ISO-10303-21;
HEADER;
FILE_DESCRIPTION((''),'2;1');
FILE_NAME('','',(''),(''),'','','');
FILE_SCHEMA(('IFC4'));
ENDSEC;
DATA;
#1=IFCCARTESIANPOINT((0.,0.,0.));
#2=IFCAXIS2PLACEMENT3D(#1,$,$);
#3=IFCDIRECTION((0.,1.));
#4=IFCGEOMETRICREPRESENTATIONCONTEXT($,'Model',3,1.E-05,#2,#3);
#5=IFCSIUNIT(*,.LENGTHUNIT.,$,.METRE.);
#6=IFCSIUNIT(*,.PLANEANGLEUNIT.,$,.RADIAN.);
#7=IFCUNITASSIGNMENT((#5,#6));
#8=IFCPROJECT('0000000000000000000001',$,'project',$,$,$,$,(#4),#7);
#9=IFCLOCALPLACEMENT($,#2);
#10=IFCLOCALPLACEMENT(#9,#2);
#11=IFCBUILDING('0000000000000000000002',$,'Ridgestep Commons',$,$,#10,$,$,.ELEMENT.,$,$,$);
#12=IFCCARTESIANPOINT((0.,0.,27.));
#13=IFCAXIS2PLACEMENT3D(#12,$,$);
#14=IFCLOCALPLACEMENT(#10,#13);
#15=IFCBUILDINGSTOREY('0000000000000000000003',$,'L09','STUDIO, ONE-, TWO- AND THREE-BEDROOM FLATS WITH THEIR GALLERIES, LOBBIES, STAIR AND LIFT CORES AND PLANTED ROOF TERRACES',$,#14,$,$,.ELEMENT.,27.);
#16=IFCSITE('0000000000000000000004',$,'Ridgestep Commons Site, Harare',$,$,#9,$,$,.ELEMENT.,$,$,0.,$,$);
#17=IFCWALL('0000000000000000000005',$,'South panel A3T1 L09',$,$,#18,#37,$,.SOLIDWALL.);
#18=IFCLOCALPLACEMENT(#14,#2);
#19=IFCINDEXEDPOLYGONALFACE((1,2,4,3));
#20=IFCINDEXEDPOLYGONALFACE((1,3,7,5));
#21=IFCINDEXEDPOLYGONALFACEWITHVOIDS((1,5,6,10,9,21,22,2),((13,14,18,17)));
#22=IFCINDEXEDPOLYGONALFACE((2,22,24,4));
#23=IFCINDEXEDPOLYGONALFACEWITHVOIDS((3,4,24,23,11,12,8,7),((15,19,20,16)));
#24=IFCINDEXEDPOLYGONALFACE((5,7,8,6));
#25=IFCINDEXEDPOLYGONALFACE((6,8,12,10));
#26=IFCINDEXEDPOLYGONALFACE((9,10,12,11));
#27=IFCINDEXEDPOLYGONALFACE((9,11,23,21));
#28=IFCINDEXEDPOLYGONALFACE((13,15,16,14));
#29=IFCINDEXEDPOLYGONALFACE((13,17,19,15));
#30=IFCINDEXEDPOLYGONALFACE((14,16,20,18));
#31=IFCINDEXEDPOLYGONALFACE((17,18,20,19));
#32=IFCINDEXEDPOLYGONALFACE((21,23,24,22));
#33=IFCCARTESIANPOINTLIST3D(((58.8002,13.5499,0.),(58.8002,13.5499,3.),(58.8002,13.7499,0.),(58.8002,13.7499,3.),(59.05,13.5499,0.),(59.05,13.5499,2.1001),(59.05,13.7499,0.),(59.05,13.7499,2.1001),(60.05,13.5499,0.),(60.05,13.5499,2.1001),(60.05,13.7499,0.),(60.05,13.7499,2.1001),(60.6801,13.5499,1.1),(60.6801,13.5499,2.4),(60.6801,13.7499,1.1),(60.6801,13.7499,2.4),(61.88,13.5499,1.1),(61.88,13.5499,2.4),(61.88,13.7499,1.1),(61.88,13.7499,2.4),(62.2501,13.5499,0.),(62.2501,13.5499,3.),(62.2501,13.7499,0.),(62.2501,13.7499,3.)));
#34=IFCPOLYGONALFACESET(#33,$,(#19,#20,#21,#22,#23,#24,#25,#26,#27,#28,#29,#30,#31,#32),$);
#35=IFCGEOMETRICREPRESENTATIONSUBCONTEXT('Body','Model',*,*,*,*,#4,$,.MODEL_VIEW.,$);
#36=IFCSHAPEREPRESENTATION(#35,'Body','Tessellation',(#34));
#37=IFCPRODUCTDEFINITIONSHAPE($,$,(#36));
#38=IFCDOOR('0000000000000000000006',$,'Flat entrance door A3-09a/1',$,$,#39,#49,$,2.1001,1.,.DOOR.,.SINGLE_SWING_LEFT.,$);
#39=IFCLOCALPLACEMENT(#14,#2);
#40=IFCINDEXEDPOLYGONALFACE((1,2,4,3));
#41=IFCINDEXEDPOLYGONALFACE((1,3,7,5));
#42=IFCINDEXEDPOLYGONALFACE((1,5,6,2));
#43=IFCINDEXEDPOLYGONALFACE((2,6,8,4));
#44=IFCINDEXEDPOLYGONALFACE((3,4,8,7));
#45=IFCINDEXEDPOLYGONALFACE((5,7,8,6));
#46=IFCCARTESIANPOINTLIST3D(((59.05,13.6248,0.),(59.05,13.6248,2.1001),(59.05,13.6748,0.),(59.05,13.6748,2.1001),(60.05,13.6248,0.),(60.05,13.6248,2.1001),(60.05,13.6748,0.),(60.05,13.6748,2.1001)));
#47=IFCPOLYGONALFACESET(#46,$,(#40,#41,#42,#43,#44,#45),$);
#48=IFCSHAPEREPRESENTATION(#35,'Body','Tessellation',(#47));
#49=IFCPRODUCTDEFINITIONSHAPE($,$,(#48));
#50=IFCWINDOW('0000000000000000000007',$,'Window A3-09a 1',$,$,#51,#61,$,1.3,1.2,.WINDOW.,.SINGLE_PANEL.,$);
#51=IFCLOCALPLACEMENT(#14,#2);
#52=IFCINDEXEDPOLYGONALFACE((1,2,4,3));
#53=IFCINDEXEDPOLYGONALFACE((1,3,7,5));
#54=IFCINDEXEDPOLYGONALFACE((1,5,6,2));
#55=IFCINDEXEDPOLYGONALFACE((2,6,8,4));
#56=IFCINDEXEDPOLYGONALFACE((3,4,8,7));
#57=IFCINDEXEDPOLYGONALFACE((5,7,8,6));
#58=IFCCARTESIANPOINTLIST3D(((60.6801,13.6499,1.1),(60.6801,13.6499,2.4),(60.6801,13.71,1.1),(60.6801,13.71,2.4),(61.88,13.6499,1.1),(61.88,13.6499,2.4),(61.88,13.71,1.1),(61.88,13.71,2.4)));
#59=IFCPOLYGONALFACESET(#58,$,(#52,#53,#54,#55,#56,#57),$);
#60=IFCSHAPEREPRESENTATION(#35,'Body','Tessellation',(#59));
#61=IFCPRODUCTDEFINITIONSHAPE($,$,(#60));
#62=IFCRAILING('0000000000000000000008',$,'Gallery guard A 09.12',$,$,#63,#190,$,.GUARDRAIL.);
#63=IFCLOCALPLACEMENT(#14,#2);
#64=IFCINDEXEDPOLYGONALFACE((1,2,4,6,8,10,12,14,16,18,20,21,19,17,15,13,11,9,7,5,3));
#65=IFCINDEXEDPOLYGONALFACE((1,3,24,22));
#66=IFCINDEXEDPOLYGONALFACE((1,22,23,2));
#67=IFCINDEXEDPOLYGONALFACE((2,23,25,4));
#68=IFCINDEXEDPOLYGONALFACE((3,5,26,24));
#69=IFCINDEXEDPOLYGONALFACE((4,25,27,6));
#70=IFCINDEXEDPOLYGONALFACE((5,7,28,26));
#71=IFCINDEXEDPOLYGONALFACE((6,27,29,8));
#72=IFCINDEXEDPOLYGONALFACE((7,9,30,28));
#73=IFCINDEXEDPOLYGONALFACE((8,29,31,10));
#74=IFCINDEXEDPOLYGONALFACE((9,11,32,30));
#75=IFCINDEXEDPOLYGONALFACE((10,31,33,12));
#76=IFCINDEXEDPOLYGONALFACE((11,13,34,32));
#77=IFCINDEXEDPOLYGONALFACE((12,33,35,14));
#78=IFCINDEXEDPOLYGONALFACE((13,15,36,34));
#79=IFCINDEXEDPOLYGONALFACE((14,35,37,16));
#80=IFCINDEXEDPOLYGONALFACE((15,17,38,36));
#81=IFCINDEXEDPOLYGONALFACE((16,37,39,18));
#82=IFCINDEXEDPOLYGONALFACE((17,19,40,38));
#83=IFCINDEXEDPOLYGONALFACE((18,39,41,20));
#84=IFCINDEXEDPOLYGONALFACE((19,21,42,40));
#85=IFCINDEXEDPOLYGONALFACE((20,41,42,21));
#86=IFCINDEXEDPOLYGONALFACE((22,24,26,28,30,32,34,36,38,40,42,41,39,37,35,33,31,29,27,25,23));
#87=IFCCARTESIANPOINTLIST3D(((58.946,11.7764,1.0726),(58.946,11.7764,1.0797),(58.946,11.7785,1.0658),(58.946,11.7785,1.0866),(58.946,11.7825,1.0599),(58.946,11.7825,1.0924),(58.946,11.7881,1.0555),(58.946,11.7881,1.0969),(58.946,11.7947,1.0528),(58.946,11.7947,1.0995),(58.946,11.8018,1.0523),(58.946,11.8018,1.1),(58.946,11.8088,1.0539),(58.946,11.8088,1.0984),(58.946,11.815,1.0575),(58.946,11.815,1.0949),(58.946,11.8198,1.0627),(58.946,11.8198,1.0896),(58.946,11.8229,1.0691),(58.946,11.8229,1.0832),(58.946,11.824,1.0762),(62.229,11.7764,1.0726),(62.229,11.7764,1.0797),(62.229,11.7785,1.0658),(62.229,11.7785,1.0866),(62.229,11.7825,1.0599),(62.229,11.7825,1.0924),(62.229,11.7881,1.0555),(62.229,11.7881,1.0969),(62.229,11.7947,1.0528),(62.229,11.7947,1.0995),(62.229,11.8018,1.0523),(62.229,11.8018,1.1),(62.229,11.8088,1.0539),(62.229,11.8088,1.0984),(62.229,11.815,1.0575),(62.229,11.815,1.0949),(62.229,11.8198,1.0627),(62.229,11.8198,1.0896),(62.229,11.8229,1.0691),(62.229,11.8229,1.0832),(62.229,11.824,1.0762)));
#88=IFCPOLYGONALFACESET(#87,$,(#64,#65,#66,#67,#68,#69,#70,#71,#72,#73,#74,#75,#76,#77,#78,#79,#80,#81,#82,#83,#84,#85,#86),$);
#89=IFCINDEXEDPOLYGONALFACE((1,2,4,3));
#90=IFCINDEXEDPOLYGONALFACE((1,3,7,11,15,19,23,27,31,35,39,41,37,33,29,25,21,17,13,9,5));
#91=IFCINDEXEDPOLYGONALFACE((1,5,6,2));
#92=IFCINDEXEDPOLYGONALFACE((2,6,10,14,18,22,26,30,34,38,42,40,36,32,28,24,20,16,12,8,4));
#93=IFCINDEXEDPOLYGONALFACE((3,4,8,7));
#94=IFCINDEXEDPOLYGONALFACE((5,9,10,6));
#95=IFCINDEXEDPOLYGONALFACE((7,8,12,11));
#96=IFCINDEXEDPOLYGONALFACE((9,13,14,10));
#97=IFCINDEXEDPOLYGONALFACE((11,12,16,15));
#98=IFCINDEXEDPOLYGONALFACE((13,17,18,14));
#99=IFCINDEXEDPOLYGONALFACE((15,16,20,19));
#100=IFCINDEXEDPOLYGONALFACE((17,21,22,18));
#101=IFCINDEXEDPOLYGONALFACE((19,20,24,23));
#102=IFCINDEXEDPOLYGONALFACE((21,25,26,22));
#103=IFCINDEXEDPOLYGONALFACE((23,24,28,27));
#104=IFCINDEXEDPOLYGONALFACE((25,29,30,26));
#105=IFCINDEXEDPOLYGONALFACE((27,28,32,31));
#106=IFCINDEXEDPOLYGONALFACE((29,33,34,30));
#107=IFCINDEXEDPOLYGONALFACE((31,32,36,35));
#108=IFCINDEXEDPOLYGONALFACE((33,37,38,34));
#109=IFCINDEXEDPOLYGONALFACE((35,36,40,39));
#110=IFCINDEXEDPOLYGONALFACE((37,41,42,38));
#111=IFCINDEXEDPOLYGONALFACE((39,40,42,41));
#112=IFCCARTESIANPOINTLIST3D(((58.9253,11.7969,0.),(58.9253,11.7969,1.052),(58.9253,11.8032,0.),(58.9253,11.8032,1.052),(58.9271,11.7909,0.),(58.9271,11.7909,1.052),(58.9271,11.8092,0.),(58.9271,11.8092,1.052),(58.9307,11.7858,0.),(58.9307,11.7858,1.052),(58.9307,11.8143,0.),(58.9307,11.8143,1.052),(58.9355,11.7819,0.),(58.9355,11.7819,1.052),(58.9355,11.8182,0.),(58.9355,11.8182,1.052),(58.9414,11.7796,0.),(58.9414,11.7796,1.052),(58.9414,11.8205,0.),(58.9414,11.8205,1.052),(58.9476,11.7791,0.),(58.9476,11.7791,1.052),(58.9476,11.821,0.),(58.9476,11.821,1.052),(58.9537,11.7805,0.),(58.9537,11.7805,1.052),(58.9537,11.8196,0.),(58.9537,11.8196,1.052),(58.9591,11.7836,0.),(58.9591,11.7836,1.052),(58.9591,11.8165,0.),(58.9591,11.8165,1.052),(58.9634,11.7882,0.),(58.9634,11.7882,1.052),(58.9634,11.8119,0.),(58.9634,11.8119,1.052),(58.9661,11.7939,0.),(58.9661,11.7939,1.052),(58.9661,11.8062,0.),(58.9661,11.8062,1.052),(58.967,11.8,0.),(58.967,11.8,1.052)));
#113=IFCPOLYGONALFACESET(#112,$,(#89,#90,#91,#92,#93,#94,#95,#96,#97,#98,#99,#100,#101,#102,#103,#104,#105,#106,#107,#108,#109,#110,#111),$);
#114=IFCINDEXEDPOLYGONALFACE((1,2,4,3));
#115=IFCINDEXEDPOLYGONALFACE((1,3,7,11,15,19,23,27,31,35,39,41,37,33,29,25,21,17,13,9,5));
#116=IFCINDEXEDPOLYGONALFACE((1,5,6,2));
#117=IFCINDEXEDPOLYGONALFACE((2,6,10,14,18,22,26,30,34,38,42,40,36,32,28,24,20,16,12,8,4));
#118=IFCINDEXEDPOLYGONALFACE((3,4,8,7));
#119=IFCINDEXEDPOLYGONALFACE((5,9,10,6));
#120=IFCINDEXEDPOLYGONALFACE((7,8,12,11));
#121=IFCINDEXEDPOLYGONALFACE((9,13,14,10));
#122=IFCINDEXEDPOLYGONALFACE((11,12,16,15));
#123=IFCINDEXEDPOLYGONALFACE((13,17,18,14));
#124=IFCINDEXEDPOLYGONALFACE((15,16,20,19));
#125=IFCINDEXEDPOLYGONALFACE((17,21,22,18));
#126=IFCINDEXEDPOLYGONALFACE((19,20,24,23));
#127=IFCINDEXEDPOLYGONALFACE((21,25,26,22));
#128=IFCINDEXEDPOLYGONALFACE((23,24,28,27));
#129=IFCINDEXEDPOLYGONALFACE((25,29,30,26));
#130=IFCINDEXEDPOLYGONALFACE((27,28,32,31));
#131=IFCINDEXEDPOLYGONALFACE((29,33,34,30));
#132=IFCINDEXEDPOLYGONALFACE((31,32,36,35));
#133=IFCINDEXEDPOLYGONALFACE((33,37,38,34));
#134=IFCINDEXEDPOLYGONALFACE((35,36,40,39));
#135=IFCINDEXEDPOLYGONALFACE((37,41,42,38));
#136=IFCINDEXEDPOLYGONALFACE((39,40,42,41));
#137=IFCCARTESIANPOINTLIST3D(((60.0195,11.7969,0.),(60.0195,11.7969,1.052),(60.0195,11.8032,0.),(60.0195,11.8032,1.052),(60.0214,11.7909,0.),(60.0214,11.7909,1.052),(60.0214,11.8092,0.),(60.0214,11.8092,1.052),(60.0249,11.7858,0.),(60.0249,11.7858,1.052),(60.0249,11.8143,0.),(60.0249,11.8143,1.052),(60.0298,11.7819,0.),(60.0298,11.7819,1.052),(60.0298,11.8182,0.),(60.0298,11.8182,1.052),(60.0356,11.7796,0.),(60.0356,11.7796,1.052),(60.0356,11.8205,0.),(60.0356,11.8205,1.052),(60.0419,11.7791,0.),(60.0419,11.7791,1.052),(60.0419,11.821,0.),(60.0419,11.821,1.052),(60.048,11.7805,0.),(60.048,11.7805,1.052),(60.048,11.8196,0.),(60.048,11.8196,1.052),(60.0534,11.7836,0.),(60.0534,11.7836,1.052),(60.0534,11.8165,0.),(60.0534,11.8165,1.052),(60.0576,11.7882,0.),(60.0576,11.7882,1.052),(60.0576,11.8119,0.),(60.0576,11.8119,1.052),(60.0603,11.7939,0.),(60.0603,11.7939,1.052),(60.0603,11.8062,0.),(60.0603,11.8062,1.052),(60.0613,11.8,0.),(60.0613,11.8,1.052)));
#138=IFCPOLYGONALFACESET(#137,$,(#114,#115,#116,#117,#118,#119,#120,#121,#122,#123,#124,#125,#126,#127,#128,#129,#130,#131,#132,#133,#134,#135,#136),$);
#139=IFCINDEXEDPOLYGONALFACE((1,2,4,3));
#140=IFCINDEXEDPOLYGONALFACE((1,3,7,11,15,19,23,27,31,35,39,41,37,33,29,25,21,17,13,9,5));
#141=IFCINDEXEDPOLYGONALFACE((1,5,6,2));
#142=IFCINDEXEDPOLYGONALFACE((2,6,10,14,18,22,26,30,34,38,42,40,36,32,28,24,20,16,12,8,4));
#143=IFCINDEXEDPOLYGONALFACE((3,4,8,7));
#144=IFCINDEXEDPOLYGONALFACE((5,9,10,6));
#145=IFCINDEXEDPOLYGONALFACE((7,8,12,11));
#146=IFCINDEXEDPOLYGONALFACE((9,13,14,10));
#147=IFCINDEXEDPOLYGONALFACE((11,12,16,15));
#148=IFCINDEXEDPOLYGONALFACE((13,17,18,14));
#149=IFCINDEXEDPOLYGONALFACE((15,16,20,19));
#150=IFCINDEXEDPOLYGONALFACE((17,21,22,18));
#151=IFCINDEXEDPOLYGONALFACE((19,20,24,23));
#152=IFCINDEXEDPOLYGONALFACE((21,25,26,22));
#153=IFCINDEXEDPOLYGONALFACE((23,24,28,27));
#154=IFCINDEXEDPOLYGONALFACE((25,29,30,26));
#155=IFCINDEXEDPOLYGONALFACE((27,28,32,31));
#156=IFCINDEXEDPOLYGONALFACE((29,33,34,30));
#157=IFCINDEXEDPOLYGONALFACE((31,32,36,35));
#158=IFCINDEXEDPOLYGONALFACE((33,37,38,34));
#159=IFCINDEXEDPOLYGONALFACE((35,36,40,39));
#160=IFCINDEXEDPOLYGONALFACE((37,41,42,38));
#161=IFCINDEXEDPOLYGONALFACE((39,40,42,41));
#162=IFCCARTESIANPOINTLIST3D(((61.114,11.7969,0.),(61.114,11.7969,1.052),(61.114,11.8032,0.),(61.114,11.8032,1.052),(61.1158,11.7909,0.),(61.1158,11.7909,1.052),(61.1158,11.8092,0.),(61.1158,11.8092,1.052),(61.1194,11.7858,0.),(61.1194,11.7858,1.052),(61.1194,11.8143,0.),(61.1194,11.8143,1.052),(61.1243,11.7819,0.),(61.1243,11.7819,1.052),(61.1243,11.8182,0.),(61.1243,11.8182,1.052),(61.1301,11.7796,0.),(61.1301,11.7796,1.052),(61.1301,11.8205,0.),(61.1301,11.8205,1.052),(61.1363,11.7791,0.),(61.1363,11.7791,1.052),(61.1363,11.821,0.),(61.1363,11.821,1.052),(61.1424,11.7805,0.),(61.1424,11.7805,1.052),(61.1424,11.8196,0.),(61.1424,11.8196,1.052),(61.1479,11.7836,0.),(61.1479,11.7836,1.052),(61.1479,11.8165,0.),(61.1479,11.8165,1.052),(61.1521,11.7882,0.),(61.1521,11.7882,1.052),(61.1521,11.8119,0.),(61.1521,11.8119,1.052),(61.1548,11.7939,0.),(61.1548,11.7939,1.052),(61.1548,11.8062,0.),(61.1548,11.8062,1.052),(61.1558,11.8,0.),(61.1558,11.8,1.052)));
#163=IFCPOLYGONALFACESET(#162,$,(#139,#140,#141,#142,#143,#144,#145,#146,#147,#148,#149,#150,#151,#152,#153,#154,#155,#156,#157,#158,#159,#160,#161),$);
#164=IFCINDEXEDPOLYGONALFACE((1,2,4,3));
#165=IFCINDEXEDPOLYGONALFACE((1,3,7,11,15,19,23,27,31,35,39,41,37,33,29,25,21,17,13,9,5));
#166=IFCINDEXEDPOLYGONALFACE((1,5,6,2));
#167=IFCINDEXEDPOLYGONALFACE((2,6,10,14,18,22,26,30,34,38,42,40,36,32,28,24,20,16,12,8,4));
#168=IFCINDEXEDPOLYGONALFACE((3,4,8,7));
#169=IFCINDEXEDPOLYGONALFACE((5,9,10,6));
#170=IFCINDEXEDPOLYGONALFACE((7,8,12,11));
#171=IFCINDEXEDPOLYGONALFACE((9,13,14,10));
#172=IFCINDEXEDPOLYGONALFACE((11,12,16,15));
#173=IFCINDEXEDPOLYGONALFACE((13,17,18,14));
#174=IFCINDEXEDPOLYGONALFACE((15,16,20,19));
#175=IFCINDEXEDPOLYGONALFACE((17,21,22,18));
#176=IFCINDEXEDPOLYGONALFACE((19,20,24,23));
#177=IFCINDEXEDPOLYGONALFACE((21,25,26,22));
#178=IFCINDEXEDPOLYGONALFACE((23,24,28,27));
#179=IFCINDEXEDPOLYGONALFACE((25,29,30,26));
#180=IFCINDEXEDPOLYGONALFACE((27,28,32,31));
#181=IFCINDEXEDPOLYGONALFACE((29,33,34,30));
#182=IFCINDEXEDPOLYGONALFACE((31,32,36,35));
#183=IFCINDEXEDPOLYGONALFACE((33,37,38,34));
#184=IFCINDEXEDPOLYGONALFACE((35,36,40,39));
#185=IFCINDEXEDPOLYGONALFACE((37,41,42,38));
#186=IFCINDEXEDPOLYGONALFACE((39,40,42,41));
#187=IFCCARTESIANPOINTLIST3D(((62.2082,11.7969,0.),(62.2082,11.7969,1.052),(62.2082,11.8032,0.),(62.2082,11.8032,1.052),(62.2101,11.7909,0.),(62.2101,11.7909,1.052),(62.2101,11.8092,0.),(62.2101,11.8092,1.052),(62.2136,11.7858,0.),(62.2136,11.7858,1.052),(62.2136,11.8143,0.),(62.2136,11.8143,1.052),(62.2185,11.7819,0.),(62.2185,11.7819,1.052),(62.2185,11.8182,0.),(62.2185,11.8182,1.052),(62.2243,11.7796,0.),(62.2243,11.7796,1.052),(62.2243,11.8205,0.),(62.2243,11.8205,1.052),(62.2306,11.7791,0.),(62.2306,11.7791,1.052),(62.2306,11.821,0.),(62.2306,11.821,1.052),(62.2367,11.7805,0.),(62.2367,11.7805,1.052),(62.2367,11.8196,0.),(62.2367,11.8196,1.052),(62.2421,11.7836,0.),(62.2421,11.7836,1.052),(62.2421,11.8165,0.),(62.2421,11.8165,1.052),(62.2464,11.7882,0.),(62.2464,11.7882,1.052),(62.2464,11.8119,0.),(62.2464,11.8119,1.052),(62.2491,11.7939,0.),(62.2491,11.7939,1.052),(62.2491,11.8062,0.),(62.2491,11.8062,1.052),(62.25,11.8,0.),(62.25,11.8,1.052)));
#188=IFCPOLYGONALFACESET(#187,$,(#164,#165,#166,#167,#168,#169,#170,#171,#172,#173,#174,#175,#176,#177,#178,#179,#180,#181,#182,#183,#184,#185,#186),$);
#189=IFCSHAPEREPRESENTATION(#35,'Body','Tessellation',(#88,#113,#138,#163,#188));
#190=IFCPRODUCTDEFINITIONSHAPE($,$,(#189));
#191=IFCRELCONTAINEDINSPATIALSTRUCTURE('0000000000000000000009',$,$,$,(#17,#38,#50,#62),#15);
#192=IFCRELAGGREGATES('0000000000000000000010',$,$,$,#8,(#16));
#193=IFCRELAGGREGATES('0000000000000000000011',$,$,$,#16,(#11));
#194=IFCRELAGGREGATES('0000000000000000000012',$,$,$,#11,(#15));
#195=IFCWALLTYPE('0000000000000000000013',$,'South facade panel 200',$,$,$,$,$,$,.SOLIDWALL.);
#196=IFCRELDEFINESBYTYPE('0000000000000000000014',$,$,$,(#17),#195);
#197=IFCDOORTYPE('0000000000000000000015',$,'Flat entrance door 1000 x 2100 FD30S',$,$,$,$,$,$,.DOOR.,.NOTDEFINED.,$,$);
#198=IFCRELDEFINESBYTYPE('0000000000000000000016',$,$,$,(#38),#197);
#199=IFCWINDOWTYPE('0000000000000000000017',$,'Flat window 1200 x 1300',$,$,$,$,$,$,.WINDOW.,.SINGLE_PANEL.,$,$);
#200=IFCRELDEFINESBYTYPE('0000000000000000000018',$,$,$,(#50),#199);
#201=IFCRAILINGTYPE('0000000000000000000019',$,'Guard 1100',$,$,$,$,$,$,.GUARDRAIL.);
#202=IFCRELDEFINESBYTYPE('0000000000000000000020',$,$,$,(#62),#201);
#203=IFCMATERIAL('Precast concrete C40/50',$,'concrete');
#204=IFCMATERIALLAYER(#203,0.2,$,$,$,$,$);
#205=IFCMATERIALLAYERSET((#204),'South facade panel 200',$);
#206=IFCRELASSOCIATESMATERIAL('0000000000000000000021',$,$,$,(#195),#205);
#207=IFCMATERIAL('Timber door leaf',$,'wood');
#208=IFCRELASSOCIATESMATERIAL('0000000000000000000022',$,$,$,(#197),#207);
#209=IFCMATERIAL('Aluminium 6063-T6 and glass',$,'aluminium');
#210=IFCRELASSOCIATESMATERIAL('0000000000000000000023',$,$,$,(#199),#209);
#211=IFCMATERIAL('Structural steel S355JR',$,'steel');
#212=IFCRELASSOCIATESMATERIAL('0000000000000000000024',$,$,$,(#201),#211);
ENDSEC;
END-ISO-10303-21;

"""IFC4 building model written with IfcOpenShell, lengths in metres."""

from ifc_helpers import new_model, si_unit, direction, frame, frame_2d, origin, origin_2d, place, context, subcontext, project, spatial, rectangle, circle, extrude, material, layer, layer_set, type_object, element, fill, save


model = new_model("IFC4")

# Units and contexts
model_context = context("Model", 3, precision=1e-05, world=origin(), true_north=direction((0.0, 1.0)))
body_context = subcontext(model_context, "Body", "Model", "MODEL_VIEW")
ifc_project = project(units=[si_unit("LENGTHUNIT", "METRE"), si_unit("PLANEANGLEUNIT", "RADIAN")], contexts=[model_context])

# Site, building, storey
site_placement = place(None, origin())
site = spatial("IfcSite", under=ifc_project, at=site_placement, Name="Ridgestep Commons Site, Harare", CompositionType="ELEMENT", RefElevation=0.0)
building_placement = place(site_placement, origin())
building = spatial("IfcBuilding", under=site, at=building_placement, Name="Ridgestep Commons", CompositionType="ELEMENT")
storey_placement = place(building_placement, frame((0.0, 0.0, 27.0)))
storey = spatial("IfcBuildingStorey", under=building, at=storey_placement, Name="L09", Description="STUDIO, ONE-, TWO- AND THREE-BEDROOM FLATS WITH THEIR GALLERIES, LOBBIES, STAIR AND LIFT CORES AND PLANTED ROOF TERRACES", CompositionType="ELEMENT", Elevation=27.0)

# Wall, openings, door, window
ifc_material_1 = material(Name="Precast concrete C40/50", Category="concrete")
ifc_layer_1 = layer(ifc_material_1, 0.2)
ifc_layer_set_1 = layer_set([ifc_layer_1], Name="South facade panel 200")
wall_type_1 = type_object("IfcWallType", Name="South facade panel 200", PredefinedType="SOLIDWALL", material=ifc_layer_set_1)
wall_1_placement = place(storey_placement, frame((58.8, 13.6499, 0.0), z_axis=(0.0, 0.0, 1.0), x_axis=(1.0, 0.0, 0.0)))
wall_1 = element("IfcWall", 1, at=wall_1_placement, inside=storey, type_object=wall_type_1, Name="South panel A3T1 L09", PredefinedType="SOLIDWALL", context=body_context, shape_type="SweptSolid", body=[
    extrude(rectangle(XDim=3.45, YDim=0.2, at=frame_2d((1.7251, 0.0))), origin(), (0.0, 0.0, 1.0), 3.0),
])
opening_1_placement = place(wall_1_placement, frame((1.8799, 0.0, 1.1001)))
opening_1 = element("IfcOpeningElement", 2, at=opening_1_placement, cuts=wall_1, PredefinedType="OPENING", context=body_context, shape_type="SweptSolid", body=[
    extrude(rectangle(XDim=1.2, YDim=1.3, at=frame_2d((0.6001, 0.6499))), frame((0.0, 0.1099, 0.0), z_axis=(0.0, -1.0, 0.0), x_axis=(1.0, 0.0, 0.0)), (0.0, 0.0, 1.0), 0.22),
])
opening_2_placement = place(wall_1_placement, frame((0.25, 0.0, 0.0)))
opening_2 = element("IfcOpeningElement", 3, at=opening_2_placement, cuts=wall_1, PredefinedType="OPENING", context=body_context, shape_type="SweptSolid", body=[
    extrude(rectangle(XDim=1.0, YDim=2.1001, at=frame_2d((0.5, 1.05))), frame((0.0, 0.1099, 0.0), z_axis=(0.0, -1.0, 0.0), x_axis=(1.0, 0.0, 0.0)), (0.0, 0.0, 1.0), 0.22),
])
ifc_material_2 = material(Name="Timber door leaf", Category="wood")
door_type_1 = type_object("IfcDoorType", Name="Flat entrance door 1000 x 2100 FD30S", OperationType="NOTDEFINED", PredefinedType="DOOR", material=ifc_material_2)
door_1_placement = place(opening_2_placement, origin())
door_1 = element("IfcDoor", 4, at=door_1_placement, inside=storey, type_object=door_type_1, Name="Flat entrance door A3-09a/1", OperationType="SINGLE_SWING_LEFT", OverallHeight=2.1001, OverallWidth=1.0, PredefinedType="DOOR", context=body_context, shape_type="SweptSolid", body=[
    extrude(rectangle(XDim=1.0, YDim=2.1001, at=frame_2d((0.5, 1.05))), frame((0.0, 0.0249, 0.0), z_axis=(0.0, -1.0, 0.0), x_axis=(1.0, 0.0, 0.0)), (0.0, 0.0, 1.0), 0.05),
])
fill(opening_2, door_1)
ifc_material_3 = material(Name="Aluminium 6063-T6 and glass", Category="aluminium")
window_type = type_object("IfcWindowType", Name="Flat window 1200 x 1300", PartitioningType="SINGLE_PANEL", PredefinedType="WINDOW", material=ifc_material_3)
window_placement = place(opening_1_placement, origin())
window = element("IfcWindow", 5, at=window_placement, inside=storey, type_object=window_type, Name="Window A3-09a 1", OverallHeight=1.3, OverallWidth=1.2, PartitioningType="SINGLE_PANEL", PredefinedType="WINDOW", context=body_context, shape_type="SweptSolid", body=[
    extrude(rectangle(XDim=1.2, YDim=1.3, at=frame_2d((0.6001, 0.6499))), frame((0.0, 0.0601, 0.0), z_axis=(0.0, -1.0, 0.0), x_axis=(1.0, 0.0, 0.0)), (0.0, 0.0, 1.0), 0.0601),
])
fill(opening_1, window)

# Railing
ifc_material_4 = material(Name="Structural steel S355JR", Category="steel")
railing_type = type_object("IfcRailingType", Name="Guard 1100", PredefinedType="GUARDRAIL", material=ifc_material_4)
railing_placement = place(storey_placement, frame((58.946, 11.8, 0.0)))
element("IfcRailing", 6, at=railing_placement, inside=storey, type_object=railing_type, Name="Gallery guard A 09.12", PredefinedType="GUARDRAIL", context=body_context, shape_type="SweptSolid", body=[
    extrude(circle(Radius=0.0239, at=origin_2d()), frame((0.0, 0.0, 1.0762), z_axis=(1.0, 0.0, 0.0), x_axis=(0.0, 1.0, 0.0)), (0.0, 0.0, 1.0), 3.283),
    extrude(circle(Radius=0.021, at=origin_2d()), origin(), (0.0, 0.0, 1.0), 1.052),
    extrude(circle(Radius=0.021, at=origin_2d()), frame((1.0942, 0.0, 0.0)), (0.0, 0.0, 1.0), 1.052),
    extrude(circle(Radius=0.021, at=origin_2d()), frame((2.1887, 0.0, 0.0)), (0.0, 0.0, 1.0), 1.052),
    extrude(circle(Radius=0.021, at=origin_2d()), frame((3.283, 0.0, 0.0)), (0.0, 0.0, 1.0), 1.052),
])

save(model, "model.ifc")
